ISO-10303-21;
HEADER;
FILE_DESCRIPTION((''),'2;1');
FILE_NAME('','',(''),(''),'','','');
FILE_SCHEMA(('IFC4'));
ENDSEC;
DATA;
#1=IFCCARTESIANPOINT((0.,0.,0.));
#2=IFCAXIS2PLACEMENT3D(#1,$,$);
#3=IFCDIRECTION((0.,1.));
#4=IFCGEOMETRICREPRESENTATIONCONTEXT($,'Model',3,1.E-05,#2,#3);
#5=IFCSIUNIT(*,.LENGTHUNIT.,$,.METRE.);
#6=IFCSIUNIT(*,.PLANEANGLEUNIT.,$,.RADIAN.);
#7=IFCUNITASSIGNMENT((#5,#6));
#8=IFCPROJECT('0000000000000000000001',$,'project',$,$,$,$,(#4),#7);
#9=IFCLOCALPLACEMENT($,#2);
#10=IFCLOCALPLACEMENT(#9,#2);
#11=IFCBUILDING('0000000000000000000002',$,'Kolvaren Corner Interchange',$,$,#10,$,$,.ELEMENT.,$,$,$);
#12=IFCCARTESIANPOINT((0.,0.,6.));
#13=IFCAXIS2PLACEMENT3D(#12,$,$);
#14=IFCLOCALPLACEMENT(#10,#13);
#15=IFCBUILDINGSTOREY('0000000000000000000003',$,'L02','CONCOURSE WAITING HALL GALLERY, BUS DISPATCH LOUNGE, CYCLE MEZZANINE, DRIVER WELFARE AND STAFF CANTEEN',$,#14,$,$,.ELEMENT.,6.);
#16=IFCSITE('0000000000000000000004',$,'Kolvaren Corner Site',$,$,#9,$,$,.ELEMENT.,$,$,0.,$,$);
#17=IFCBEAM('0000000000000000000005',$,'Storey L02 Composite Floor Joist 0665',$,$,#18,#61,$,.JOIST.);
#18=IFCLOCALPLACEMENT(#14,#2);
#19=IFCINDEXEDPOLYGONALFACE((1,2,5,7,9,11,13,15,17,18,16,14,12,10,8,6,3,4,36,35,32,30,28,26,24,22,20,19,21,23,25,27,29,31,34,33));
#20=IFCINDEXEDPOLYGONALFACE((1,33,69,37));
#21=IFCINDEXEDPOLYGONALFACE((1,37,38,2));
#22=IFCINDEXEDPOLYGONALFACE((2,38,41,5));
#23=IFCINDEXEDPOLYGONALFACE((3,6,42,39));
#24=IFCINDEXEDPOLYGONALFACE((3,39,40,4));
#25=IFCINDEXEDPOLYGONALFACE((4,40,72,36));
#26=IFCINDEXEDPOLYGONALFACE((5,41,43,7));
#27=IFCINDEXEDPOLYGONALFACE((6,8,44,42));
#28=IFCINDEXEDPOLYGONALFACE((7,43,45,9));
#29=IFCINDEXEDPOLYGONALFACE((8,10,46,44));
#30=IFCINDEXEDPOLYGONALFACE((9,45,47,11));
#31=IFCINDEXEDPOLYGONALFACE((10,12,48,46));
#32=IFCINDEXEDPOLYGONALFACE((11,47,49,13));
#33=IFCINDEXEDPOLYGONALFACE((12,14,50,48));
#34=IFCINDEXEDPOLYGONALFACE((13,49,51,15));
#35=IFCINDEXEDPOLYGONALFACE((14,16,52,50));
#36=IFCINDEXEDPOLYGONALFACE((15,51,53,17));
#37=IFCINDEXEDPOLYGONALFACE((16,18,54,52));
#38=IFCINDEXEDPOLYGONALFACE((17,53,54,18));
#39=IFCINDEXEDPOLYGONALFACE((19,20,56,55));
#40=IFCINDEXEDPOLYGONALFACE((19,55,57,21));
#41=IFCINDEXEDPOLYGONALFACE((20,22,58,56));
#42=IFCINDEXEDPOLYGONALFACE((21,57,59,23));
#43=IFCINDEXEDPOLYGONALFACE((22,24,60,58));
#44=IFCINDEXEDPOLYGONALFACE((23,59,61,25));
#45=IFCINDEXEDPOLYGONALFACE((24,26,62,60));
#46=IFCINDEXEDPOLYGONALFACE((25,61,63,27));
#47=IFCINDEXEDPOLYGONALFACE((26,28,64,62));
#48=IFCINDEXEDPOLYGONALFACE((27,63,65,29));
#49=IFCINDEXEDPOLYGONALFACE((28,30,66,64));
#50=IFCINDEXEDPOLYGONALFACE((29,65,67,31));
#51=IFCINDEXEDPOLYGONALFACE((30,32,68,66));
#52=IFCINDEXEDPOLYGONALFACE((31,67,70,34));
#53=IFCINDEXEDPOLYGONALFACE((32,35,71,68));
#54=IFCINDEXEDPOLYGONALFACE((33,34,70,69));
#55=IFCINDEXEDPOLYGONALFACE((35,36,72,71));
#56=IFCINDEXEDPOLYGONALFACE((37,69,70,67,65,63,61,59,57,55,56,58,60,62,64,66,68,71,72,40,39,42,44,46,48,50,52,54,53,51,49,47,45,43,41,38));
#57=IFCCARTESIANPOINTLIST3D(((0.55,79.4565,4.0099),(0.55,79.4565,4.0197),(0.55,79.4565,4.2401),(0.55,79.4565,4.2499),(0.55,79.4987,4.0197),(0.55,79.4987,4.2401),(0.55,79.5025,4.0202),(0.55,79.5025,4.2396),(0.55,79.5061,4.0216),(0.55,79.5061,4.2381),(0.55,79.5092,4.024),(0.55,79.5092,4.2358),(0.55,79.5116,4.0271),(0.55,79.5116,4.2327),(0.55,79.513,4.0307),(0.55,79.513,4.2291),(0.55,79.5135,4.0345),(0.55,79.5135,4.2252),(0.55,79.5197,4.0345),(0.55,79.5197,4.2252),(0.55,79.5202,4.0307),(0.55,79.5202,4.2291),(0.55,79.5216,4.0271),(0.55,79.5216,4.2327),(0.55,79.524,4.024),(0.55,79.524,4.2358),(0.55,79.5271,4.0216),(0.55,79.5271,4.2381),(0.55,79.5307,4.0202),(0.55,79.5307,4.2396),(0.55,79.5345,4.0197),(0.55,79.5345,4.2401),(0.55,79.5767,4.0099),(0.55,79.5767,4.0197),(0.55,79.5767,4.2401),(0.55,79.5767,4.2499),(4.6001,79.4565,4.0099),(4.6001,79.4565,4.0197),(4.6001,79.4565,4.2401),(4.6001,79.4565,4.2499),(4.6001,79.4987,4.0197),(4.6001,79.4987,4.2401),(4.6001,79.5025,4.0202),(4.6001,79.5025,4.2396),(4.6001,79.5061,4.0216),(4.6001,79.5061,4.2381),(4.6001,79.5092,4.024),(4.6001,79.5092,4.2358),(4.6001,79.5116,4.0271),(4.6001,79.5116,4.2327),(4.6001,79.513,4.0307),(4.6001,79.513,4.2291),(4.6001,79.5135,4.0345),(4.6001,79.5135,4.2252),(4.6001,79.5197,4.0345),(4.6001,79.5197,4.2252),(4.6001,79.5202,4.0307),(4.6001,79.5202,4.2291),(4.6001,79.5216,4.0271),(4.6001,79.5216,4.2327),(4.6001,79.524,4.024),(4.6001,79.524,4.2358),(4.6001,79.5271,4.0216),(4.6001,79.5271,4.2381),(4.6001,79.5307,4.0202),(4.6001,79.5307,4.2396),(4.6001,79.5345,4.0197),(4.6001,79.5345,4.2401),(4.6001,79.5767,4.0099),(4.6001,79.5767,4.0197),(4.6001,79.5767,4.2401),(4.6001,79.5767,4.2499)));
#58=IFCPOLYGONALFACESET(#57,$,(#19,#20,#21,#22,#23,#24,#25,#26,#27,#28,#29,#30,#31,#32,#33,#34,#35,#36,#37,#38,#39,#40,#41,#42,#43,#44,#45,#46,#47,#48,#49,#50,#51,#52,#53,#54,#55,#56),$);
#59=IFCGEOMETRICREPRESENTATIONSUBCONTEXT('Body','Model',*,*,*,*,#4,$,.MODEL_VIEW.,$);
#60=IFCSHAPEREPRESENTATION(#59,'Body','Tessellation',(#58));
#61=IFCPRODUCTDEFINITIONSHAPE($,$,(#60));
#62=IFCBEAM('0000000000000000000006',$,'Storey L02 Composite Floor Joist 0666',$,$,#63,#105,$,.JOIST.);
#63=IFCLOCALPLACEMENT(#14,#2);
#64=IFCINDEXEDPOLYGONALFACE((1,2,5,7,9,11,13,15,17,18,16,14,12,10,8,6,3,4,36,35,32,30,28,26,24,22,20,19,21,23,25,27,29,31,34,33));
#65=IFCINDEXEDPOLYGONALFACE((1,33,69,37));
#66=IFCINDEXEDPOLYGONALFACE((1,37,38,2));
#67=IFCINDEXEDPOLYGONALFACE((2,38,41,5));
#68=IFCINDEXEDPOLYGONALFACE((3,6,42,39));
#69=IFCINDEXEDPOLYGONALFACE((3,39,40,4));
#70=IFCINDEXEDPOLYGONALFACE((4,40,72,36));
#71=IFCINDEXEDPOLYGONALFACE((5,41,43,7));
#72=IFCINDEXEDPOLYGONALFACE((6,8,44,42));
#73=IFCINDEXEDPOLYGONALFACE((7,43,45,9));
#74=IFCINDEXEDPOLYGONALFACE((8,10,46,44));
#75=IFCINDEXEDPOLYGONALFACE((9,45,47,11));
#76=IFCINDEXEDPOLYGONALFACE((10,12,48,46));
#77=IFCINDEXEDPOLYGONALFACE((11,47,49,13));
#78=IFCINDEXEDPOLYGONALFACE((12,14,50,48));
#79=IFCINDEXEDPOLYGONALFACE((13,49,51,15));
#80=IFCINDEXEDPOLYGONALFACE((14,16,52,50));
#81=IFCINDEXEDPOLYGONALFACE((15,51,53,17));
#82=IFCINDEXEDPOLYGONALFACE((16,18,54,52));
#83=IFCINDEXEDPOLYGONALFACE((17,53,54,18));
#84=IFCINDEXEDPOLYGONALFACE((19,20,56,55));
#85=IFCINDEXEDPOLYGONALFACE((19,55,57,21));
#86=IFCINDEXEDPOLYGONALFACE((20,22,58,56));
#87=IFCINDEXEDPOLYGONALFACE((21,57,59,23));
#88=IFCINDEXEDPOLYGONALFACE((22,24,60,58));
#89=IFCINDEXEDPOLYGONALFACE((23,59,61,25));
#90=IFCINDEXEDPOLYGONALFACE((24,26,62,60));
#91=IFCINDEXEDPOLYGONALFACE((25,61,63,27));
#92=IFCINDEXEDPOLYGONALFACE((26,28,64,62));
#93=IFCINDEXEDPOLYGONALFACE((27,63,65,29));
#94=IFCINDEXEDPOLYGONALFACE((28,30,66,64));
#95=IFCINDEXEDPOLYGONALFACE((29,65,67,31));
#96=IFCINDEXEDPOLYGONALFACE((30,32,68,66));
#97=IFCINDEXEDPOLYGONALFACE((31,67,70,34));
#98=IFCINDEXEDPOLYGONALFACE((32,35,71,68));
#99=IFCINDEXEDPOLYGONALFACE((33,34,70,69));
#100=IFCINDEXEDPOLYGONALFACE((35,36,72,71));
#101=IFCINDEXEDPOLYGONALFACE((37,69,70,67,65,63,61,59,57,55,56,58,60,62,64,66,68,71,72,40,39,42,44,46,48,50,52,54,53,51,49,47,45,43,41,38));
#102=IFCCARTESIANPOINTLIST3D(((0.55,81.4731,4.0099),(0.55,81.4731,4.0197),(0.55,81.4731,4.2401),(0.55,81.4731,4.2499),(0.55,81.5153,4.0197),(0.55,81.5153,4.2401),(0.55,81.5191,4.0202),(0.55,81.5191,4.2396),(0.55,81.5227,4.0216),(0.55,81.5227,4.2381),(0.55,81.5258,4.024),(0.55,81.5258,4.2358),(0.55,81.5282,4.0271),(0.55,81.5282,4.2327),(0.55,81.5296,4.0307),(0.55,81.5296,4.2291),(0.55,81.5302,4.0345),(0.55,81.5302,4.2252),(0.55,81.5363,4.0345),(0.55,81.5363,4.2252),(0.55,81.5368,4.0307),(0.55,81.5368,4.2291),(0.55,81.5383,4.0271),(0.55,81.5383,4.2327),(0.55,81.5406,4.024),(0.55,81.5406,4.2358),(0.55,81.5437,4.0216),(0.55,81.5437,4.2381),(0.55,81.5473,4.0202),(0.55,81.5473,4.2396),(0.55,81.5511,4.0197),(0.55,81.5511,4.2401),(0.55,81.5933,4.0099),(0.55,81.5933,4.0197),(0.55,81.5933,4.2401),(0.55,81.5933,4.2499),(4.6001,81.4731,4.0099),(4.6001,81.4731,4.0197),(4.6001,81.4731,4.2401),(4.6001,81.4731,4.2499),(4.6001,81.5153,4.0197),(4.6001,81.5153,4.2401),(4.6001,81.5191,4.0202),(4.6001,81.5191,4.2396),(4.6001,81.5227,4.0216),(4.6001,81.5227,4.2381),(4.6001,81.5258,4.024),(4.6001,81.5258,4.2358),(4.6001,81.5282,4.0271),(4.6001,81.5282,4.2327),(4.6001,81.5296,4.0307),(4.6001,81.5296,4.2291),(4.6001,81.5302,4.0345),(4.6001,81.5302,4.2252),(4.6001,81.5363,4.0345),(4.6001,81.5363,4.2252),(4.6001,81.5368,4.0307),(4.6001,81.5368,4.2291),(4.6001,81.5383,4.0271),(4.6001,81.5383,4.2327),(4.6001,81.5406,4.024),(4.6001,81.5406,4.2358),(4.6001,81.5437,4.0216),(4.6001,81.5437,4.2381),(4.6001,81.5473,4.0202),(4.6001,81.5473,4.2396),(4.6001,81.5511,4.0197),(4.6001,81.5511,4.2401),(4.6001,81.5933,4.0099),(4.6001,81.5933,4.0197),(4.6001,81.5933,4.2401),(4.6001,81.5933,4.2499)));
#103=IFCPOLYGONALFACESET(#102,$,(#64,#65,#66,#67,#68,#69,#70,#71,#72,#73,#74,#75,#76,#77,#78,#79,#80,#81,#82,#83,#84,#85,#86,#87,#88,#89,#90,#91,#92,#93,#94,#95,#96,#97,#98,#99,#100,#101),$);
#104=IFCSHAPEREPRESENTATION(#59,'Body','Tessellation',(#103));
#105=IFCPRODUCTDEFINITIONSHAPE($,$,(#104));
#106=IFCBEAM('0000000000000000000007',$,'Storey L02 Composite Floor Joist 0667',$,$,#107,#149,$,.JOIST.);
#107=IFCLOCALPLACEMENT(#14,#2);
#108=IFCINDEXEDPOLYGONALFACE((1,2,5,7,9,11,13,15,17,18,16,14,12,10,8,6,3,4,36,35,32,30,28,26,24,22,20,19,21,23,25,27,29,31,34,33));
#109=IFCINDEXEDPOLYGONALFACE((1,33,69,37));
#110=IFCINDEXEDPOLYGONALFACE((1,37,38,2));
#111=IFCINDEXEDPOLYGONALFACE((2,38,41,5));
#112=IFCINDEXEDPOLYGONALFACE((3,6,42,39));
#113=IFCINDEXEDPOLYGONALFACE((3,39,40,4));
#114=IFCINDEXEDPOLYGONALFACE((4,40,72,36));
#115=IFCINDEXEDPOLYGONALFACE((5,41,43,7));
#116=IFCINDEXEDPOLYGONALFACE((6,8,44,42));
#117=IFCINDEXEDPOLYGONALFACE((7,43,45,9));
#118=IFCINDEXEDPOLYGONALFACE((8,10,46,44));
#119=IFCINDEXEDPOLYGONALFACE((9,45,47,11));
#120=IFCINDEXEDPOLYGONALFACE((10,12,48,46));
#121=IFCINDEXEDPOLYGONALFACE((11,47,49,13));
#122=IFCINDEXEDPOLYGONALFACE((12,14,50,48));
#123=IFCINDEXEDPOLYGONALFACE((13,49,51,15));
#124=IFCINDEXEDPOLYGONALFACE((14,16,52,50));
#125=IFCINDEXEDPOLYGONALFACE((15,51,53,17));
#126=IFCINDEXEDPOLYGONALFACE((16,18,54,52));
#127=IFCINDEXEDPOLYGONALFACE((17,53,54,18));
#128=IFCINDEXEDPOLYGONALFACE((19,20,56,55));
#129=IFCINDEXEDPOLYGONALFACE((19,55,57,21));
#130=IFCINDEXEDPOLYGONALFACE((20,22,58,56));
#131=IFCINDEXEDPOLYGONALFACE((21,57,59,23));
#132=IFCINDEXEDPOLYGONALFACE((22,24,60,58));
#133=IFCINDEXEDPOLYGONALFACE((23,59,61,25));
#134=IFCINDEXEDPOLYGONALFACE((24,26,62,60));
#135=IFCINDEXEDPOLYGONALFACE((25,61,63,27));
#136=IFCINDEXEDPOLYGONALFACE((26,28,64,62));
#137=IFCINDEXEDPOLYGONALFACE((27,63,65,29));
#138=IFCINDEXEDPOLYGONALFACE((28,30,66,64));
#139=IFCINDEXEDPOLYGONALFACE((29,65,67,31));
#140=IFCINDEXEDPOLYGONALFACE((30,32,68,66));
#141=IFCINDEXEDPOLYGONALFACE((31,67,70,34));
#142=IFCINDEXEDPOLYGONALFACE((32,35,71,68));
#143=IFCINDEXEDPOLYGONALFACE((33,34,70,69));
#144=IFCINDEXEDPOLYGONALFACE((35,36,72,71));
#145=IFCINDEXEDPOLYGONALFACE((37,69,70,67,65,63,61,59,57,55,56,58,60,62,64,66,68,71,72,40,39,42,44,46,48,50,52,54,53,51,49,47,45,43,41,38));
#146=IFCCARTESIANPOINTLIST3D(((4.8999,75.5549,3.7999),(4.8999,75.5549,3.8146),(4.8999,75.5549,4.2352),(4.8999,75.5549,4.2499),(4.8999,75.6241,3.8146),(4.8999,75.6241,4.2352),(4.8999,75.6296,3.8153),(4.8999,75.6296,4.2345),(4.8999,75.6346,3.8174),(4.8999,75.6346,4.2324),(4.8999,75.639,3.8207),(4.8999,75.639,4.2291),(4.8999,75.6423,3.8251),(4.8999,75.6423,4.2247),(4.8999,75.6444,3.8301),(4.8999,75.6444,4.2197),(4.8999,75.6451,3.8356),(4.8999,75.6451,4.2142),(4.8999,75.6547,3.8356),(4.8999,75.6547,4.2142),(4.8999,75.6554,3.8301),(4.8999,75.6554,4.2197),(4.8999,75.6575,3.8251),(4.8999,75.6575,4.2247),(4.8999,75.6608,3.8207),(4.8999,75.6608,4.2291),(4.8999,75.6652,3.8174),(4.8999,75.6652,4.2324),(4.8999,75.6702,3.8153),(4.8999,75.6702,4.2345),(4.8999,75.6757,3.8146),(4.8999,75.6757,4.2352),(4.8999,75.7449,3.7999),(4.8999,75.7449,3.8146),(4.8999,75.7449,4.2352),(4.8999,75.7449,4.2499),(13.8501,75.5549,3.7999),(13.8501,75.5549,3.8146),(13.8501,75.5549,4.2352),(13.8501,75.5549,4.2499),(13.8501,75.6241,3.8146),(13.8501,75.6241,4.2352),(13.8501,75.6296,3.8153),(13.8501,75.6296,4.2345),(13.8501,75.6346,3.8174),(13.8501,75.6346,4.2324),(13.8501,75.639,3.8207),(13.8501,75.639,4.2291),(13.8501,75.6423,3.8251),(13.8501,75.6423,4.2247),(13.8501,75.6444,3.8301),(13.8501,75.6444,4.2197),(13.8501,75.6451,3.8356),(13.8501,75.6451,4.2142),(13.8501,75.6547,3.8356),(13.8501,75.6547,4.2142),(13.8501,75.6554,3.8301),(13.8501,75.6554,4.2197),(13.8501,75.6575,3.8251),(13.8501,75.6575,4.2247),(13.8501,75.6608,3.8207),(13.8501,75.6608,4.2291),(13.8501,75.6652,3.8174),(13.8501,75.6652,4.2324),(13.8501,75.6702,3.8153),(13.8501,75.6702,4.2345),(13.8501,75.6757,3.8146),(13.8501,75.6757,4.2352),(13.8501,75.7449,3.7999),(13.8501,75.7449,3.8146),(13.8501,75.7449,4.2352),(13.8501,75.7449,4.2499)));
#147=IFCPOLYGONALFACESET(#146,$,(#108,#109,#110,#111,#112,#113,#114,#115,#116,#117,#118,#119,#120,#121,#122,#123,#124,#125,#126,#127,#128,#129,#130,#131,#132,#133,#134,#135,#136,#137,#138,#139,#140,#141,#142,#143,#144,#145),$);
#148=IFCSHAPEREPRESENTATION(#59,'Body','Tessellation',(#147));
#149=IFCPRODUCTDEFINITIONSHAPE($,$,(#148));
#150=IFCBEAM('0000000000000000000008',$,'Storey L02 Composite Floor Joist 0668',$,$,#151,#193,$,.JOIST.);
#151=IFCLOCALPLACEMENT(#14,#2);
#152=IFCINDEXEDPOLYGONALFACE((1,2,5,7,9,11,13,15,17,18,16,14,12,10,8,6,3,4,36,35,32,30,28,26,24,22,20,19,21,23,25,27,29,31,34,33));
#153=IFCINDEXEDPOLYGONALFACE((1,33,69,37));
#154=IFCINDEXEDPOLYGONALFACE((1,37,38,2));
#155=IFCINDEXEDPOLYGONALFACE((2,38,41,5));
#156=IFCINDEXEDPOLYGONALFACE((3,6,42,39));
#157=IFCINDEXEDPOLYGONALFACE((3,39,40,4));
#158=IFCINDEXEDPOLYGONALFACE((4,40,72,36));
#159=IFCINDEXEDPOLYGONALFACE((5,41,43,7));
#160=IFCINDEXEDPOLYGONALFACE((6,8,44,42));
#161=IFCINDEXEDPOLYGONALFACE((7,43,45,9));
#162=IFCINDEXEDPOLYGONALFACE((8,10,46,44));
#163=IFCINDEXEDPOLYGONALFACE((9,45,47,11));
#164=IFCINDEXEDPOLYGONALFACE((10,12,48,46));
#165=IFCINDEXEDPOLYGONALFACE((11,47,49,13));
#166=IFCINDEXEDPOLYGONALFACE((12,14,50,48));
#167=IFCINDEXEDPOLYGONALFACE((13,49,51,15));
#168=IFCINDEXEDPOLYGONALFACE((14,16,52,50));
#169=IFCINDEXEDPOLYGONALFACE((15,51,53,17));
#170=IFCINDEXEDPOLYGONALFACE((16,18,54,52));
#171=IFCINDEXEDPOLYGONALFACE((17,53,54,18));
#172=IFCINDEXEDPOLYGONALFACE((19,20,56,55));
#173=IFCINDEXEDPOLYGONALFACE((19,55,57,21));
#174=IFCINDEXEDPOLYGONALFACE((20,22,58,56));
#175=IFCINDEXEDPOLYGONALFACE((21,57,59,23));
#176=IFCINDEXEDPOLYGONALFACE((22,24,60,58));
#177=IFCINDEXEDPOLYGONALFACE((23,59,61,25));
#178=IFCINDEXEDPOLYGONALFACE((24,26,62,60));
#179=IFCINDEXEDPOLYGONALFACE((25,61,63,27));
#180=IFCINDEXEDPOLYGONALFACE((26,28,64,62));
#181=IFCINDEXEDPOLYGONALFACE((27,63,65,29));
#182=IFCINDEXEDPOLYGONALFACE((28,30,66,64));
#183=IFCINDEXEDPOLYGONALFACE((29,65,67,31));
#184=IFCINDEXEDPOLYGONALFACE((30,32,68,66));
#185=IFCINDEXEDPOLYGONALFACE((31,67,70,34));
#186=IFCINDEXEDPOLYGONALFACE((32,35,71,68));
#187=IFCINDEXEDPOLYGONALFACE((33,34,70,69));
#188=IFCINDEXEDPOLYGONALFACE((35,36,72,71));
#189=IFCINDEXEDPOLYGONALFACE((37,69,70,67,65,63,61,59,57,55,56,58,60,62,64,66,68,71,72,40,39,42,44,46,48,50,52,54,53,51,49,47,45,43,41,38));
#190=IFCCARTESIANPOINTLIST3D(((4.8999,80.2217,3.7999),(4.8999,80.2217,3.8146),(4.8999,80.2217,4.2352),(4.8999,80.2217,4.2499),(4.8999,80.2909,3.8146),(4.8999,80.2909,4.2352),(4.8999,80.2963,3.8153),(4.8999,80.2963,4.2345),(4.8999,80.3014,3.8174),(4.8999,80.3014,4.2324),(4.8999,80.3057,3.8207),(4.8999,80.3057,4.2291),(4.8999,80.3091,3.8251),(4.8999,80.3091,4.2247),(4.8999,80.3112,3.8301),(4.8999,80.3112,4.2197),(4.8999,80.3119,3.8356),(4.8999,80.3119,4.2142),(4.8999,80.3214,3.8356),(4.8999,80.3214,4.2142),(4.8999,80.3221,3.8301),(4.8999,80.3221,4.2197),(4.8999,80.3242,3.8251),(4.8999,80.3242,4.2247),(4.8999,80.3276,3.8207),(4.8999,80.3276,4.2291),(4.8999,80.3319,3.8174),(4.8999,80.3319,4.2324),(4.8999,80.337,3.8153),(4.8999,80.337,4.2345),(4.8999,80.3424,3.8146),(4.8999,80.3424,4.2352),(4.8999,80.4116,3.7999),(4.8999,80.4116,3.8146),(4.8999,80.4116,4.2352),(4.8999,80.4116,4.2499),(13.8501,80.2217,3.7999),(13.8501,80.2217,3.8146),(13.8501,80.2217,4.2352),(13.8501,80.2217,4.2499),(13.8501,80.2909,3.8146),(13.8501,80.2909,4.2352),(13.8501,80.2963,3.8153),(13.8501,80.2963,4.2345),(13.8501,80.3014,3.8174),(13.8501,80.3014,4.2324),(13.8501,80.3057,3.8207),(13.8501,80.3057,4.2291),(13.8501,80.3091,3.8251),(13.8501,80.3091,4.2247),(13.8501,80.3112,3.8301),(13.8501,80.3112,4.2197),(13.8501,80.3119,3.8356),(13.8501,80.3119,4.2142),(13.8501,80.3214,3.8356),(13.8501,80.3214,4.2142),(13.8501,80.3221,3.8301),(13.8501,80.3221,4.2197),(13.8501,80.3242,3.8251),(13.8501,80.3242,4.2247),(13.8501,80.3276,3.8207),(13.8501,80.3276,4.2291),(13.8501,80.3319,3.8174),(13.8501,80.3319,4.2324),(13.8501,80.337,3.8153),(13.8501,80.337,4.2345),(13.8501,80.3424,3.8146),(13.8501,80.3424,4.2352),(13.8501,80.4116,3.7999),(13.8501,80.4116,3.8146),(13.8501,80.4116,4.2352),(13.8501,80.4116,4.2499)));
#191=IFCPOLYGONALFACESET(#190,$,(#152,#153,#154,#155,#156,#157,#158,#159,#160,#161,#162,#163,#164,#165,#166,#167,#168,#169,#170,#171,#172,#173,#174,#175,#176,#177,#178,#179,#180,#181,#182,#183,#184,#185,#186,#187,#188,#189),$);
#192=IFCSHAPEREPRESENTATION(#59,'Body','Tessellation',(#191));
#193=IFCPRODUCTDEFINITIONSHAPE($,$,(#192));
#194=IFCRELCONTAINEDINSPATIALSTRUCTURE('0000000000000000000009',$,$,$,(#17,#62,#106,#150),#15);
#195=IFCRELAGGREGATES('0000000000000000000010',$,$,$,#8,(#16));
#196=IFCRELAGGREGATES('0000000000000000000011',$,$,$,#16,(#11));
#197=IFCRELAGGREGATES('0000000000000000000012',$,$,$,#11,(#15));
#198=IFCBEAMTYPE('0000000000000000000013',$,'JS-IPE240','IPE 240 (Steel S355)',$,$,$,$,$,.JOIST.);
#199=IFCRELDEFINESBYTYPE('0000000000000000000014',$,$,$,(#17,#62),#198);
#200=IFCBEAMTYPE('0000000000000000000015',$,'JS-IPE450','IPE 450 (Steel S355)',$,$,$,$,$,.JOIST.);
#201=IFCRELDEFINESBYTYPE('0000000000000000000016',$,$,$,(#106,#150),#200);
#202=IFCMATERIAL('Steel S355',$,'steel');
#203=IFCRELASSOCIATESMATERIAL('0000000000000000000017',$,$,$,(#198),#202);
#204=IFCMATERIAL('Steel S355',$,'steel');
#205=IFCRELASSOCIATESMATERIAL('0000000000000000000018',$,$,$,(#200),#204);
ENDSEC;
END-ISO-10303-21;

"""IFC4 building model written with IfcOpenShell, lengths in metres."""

from ifc_helpers import new_model, si_unit, direction, frame, origin, origin_2d, place, context, subcontext, project, spatial, i_section, extrude, material, material_profile, profile_set, type_object, element, save


model = new_model("IFC4")

# Units and contexts
model_context = context("Model", 3, precision=1e-05, world=origin(), true_north=direction((0.0, 1.0)))
body_context = subcontext(model_context, "Body", "Model", "MODEL_VIEW")
ifc_project = project(units=[si_unit("LENGTHUNIT", "METRE"), si_unit("PLANEANGLEUNIT", "RADIAN")], contexts=[model_context])

# Site, building, storey
site_placement = place(None, origin())
site = spatial("IfcSite", under=ifc_project, at=site_placement, Name="Kolvaren Corner Site", CompositionType="ELEMENT", RefElevation=0.0)
building_placement = place(site_placement, origin())
building = spatial("IfcBuilding", under=site, at=building_placement, Name="Kolvaren Corner Interchange", CompositionType="ELEMENT")
storey_placement = place(building_placement, frame((0.0, 0.0, 6.0)))
storey = spatial("IfcBuildingStorey", under=building, at=storey_placement, Name="L02", Description="CONCOURSE WAITING HALL GALLERY, BUS DISPATCH LOUNGE, CYCLE MEZZANINE, DRIVER WELFARE AND STAFF CANTEEN", CompositionType="ELEMENT", Elevation=6.0)

# Beams
ifc_material_1 = material(Name="Steel S355", Category="steel")
ifc_material_profile_1 = material_profile(ifc_material_1, i_section(OverallWidth=0.1201, OverallDepth=0.24, WebThickness=0.0061, FlangeThickness=0.0098, FilletRadius=0.0149, at=origin_2d()), Name="IPE 240")
ifc_profile_set_1 = profile_set([ifc_material_profile_1], Name="Steel S355")
beam_type_1 = type_object("IfcBeamType", Name="JS-IPE240", Description="IPE 240 (Steel S355)", PredefinedType="JOIST", material=ifc_profile_set_1)
for number, where, z_axis, x_axis, name in (
    (1, (0.55, 79.5166, 4.1299), (1.0, 0.0, 0.0), (0.0, 1.0, 0.0), "Storey L02 Composite Floor Joist 0665"),
    (2, (0.55, 81.5332, 4.1299), (1.0, 0.0, 0.0), (0.0, 1.0, 0.0), "Storey L02 Composite Floor Joist 0666"),
):
    element("IfcBeam", number, at=place(storey_placement, frame(where, z_axis=z_axis, x_axis=x_axis)), inside=storey, type_object=beam_type_1, Name=name, PredefinedType="JOIST", context=body_context, shape_type="SweptSolid", body=[
        extrude(i_section(OverallWidth=0.1201, OverallDepth=0.24, WebThickness=0.0061, FlangeThickness=0.0098, FilletRadius=0.0149, at=origin_2d()), origin(), (0.0, 0.0, 1.0), 4.05),
    ])
ifc_material_2 = material(Name="Steel S355", Category="steel")
ifc_material_profile_2 = material_profile(ifc_material_2, i_section(OverallWidth=0.1899, OverallDepth=0.45, WebThickness=0.0095, FlangeThickness=0.0146, FilletRadius=0.021, at=origin_2d()), Name="IPE 450")
ifc_profile_set_2 = profile_set([ifc_material_profile_2], Name="Steel S355")
beam_type_2 = type_object("IfcBeamType", Name="JS-IPE450", Description="IPE 450 (Steel S355)", PredefinedType="JOIST", material=ifc_profile_set_2)
for number, where, z_axis, x_axis, name in (
    (3, (4.8999, 75.6499, 4.0249), (1.0, 0.0, 0.0), (0.0, 1.0, 0.0), "Storey L02 Composite Floor Joist 0667"),
    (4, (4.8999, 80.3167, 4.0249), (1.0, 0.0, 0.0), (0.0, 1.0, 0.0), "Storey L02 Composite Floor Joist 0668"),
):
    element("IfcBeam", number, at=place(storey_placement, frame(where, z_axis=z_axis, x_axis=x_axis)), inside=storey, type_object=beam_type_2, Name=name, PredefinedType="JOIST", context=body_context, shape_type="SweptSolid", body=[
        extrude(i_section(OverallWidth=0.1899, OverallDepth=0.45, WebThickness=0.0095, FlangeThickness=0.0146, FilletRadius=0.021, at=origin_2d()), origin(), (0.0, 0.0, 1.0), 8.9502),
    ])

save(model, "model.ifc")
